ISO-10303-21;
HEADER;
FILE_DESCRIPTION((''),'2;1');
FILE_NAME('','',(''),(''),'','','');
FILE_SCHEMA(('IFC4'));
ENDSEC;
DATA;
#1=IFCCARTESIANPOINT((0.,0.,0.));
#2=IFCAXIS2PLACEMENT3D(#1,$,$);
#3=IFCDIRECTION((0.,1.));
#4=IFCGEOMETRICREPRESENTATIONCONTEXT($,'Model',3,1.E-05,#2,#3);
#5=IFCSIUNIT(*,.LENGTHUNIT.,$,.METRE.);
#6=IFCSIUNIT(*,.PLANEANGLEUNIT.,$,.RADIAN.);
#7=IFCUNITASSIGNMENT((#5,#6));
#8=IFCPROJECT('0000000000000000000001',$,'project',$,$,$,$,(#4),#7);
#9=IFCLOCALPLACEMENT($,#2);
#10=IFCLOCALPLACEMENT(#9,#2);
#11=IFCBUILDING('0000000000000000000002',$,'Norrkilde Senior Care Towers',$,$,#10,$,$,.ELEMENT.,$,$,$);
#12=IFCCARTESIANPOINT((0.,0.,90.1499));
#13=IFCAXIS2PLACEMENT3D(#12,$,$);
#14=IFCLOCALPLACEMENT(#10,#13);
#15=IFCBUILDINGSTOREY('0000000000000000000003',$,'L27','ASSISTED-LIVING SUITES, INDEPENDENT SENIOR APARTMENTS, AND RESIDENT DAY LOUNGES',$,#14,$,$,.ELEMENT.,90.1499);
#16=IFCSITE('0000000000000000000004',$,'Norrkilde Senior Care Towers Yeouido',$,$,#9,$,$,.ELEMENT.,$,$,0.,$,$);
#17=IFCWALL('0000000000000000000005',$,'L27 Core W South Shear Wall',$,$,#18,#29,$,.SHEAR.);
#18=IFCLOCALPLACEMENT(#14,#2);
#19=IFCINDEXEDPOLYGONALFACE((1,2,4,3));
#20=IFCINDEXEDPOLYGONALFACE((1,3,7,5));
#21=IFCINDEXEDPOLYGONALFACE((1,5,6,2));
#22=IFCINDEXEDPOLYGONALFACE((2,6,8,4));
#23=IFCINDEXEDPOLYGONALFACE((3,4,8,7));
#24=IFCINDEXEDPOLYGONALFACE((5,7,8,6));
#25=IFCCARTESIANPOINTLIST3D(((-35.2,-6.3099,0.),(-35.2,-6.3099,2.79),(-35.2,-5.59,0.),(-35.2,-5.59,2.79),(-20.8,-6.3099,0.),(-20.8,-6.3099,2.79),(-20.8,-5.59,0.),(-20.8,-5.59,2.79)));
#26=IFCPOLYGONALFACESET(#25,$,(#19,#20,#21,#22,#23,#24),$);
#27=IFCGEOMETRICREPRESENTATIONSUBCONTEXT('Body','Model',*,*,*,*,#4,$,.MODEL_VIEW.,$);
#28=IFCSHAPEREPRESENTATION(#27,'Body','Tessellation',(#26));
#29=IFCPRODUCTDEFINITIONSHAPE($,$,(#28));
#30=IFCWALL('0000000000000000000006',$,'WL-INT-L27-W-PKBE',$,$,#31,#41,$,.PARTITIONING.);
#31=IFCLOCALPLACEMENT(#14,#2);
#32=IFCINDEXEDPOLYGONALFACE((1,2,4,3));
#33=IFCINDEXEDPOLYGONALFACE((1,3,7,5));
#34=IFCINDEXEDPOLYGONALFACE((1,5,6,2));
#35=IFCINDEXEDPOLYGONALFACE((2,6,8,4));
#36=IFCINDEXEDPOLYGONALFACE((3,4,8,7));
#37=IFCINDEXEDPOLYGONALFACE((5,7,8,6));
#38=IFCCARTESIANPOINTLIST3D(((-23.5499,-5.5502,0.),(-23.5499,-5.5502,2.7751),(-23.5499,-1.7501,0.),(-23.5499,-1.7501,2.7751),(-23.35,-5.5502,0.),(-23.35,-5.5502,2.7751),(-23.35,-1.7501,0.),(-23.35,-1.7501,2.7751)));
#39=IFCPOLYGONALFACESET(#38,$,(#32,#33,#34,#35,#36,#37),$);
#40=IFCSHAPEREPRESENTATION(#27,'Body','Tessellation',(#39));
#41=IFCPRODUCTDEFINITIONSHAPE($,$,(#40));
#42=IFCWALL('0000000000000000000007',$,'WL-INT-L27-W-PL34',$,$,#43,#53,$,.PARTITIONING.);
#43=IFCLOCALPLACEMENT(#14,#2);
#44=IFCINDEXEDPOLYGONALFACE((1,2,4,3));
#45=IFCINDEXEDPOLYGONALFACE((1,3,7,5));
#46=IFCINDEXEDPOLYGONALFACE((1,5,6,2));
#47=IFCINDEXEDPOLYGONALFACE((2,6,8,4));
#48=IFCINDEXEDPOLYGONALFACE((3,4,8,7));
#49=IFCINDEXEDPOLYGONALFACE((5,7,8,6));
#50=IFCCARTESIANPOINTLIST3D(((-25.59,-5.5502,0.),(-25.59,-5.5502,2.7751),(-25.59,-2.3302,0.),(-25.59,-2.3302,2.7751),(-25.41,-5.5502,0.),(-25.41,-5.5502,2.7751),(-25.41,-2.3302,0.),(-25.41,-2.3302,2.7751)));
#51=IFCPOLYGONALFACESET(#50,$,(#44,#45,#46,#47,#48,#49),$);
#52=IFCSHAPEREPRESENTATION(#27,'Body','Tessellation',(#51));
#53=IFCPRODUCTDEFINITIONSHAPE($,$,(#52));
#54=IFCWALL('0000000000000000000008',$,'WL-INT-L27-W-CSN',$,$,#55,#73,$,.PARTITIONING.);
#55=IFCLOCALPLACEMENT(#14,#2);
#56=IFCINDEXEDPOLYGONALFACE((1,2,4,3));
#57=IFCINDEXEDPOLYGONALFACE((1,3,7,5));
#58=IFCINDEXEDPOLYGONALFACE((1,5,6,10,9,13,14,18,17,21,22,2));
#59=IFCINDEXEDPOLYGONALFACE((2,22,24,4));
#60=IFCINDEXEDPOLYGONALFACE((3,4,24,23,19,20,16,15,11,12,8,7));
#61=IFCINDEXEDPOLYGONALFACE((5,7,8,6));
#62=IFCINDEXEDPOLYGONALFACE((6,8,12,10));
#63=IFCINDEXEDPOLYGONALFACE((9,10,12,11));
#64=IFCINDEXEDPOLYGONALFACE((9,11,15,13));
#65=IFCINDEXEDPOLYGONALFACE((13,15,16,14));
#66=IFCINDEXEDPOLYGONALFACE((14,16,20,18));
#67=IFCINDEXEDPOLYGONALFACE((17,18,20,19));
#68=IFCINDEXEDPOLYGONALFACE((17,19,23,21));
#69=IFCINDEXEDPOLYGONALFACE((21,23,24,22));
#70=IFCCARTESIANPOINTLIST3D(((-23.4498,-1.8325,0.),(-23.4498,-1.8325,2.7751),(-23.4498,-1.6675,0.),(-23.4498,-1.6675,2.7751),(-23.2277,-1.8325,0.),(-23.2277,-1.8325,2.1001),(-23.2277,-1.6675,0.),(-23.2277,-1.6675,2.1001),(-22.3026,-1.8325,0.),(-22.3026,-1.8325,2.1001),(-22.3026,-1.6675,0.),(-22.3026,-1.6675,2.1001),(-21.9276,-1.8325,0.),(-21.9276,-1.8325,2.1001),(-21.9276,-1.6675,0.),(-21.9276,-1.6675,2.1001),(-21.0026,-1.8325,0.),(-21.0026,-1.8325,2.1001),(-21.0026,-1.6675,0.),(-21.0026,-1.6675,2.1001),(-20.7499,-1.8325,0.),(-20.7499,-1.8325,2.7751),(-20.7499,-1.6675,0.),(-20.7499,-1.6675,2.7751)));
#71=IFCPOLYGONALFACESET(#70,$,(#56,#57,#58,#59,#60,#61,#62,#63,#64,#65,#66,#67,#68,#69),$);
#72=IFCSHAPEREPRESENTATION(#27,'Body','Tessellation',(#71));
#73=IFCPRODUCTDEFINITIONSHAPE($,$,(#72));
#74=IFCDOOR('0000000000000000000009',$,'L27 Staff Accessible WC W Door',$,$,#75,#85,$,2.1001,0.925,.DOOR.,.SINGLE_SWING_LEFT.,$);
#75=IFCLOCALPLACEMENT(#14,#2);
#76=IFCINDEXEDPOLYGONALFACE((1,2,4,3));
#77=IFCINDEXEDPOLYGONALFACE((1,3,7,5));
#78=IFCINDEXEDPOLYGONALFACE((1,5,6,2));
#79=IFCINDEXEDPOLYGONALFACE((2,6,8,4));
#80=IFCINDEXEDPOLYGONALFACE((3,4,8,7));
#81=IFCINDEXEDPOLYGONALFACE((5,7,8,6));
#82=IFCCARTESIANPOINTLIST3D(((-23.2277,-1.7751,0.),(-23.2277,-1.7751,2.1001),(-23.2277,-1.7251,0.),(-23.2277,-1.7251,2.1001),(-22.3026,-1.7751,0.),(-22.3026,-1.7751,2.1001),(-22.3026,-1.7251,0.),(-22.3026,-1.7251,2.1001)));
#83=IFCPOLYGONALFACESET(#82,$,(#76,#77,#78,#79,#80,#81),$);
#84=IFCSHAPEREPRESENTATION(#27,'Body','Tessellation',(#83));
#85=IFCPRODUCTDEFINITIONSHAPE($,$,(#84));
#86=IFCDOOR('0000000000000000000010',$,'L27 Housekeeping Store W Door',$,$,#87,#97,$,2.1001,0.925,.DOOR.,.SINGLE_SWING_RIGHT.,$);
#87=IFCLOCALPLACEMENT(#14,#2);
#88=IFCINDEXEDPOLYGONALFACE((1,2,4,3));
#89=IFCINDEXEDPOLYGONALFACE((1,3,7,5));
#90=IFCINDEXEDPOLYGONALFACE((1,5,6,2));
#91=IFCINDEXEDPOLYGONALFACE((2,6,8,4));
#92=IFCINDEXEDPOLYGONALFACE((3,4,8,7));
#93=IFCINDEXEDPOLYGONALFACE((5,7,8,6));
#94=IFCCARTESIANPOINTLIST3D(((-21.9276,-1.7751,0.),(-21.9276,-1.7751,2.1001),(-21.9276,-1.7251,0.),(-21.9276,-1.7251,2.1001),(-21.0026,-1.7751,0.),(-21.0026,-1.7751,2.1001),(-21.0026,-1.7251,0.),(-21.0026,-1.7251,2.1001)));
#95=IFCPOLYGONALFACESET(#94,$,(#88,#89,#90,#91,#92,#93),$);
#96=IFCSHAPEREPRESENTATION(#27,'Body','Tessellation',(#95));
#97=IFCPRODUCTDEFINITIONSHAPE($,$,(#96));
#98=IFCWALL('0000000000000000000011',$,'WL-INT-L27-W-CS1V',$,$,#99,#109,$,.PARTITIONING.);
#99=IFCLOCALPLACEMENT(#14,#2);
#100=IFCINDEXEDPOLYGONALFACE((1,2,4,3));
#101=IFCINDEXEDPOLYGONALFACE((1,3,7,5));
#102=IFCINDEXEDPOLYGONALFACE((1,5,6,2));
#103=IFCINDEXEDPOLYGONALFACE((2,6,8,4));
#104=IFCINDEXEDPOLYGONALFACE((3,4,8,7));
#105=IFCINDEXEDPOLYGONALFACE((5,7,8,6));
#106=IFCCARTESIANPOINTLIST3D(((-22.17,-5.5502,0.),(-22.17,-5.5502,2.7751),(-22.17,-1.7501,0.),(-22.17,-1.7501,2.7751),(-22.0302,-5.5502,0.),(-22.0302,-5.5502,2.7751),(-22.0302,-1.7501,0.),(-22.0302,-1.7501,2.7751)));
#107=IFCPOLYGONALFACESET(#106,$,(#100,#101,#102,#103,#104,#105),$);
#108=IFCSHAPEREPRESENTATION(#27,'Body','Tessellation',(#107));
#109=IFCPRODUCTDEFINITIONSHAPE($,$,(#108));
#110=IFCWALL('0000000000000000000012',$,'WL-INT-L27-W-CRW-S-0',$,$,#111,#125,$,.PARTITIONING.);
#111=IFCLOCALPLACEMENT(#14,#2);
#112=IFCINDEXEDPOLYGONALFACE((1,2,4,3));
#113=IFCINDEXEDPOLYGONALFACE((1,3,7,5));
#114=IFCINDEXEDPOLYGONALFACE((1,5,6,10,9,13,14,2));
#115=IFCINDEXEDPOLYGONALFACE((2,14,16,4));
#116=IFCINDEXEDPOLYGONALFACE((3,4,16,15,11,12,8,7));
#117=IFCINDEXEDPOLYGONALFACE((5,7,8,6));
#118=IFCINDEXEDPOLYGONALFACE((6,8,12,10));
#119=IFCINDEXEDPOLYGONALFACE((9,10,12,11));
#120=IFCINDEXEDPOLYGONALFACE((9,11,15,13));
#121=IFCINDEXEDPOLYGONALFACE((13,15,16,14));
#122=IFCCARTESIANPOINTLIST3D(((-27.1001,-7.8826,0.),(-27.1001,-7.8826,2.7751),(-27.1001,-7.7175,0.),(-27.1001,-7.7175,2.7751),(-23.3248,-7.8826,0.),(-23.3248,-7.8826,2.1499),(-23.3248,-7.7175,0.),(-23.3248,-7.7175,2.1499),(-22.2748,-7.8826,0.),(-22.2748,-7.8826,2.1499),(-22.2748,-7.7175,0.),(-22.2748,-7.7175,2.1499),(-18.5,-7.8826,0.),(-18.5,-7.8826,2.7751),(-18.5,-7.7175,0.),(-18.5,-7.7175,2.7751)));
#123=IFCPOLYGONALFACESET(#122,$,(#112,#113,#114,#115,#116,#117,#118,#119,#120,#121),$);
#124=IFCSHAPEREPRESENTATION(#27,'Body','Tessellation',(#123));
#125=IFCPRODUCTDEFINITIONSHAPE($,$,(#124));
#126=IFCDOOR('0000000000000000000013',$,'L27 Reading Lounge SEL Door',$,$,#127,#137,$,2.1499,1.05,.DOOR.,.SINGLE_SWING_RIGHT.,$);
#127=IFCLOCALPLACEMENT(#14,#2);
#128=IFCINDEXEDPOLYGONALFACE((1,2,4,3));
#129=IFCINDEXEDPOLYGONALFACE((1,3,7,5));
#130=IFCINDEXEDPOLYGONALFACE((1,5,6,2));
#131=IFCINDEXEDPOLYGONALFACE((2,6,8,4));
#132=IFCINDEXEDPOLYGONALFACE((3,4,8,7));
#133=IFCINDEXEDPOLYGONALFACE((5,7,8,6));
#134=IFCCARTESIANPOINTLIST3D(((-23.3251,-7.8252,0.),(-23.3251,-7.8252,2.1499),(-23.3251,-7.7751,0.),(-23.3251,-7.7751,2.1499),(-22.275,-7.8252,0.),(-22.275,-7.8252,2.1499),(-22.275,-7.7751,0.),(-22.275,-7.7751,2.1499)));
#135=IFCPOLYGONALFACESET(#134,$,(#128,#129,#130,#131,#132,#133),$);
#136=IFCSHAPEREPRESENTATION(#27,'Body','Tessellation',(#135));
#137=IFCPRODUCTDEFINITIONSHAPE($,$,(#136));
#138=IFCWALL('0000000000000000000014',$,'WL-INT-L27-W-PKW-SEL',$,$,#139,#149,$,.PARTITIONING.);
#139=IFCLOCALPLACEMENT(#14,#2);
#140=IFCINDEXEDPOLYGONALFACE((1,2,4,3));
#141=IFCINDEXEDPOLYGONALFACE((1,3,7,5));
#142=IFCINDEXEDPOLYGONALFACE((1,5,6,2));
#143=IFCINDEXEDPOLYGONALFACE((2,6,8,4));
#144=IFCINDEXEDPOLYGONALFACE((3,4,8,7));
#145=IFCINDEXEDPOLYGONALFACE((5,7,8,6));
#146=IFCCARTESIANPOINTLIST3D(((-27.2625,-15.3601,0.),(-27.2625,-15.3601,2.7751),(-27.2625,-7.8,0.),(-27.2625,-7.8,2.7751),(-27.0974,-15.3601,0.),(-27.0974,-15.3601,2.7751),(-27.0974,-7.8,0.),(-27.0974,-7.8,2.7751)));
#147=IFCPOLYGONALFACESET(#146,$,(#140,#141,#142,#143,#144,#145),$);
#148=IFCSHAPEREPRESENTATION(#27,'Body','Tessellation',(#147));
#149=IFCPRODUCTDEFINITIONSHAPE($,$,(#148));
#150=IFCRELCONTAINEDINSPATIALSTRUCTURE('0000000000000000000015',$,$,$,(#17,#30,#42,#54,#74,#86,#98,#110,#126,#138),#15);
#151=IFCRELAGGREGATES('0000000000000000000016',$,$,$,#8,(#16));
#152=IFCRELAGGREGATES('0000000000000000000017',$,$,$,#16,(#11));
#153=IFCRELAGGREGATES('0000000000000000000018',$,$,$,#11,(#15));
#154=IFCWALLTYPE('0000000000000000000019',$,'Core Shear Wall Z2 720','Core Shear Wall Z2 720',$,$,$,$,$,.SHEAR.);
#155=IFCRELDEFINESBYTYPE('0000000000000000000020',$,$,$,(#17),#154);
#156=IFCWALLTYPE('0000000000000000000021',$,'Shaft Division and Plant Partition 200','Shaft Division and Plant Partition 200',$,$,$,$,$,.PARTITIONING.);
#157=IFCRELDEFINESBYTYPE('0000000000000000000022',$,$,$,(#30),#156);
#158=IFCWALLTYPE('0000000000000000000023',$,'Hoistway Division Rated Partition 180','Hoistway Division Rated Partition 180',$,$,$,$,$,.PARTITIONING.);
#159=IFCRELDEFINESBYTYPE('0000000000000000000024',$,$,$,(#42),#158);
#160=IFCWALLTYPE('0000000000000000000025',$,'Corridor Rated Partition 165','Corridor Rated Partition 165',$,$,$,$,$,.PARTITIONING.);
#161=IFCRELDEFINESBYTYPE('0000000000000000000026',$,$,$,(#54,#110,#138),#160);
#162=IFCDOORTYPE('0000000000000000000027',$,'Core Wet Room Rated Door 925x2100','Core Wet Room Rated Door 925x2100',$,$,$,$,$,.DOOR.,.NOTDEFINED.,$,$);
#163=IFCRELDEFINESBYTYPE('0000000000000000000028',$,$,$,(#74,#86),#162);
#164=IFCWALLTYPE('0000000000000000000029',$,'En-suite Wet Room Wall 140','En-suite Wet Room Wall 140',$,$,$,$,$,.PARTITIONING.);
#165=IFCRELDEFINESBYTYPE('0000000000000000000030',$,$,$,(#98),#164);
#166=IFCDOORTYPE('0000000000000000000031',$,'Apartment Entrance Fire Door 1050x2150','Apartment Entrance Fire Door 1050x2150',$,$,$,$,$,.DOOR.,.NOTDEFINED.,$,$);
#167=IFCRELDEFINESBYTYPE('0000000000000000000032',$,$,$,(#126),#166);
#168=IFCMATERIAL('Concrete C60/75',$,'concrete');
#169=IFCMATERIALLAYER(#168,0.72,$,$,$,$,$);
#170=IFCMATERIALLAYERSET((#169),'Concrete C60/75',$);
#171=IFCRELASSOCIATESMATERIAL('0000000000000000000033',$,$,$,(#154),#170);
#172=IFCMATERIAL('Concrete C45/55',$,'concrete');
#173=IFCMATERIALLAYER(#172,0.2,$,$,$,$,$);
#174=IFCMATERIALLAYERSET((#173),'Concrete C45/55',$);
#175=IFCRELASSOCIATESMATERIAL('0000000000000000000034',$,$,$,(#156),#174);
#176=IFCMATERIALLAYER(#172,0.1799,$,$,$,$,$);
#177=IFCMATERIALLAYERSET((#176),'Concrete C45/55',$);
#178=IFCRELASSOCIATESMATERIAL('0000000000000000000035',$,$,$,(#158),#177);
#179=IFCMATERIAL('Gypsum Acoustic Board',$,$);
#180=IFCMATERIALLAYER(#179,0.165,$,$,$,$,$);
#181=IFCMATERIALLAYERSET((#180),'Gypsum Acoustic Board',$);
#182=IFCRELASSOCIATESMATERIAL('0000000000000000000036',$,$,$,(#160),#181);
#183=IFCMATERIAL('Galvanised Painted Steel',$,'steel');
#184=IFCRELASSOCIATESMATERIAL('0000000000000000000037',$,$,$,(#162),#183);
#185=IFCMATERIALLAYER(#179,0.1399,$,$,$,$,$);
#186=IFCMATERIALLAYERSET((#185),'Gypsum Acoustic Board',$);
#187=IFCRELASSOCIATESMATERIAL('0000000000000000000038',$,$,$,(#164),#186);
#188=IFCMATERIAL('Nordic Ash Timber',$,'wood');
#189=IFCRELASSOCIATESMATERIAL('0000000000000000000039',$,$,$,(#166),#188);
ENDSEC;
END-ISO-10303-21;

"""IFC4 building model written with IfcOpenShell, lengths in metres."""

from ifc_helpers import new_model, si_unit, direction, frame, frame_2d, origin, place, context, subcontext, project, spatial, rectangle, extrude, source, transform, mapped, material, layer, layer_set, type_object, type_shapes, element, fill, save


model = new_model("IFC4")

# Units and contexts
model_context = context("Model", 3, precision=1e-05, world=origin(), true_north=direction((0.0, 1.0)))
body_context = subcontext(model_context, "Body", "Model", "MODEL_VIEW")
ifc_project = project(units=[si_unit("LENGTHUNIT", "METRE"), si_unit("PLANEANGLEUNIT", "RADIAN")], contexts=[model_context])

# Site, building, storey
site_placement = place(None, origin())
site = spatial("IfcSite", under=ifc_project, at=site_placement, Name="Norrkilde Senior Care Towers Yeouido", CompositionType="ELEMENT", RefElevation=0.0)
building_placement = place(site_placement, origin())
building = spatial("IfcBuilding", under=site, at=building_placement, Name="Norrkilde Senior Care Towers", CompositionType="ELEMENT")
storey_placement = place(building_placement, frame((0.0, 0.0, 90.1499)))
storey = spatial("IfcBuildingStorey", under=building, at=storey_placement, Name="L27", Description="ASSISTED-LIVING SUITES, INDEPENDENT SENIOR APARTMENTS, AND RESIDENT DAY LOUNGES", CompositionType="ELEMENT", Elevation=90.1499)

# Shared definitions
ifc_material_1 = material(Name="Concrete C60/75", Category="concrete")

# Walls
ifc_layer_1 = layer(ifc_material_1, 0.72)
ifc_layer_set_1 = layer_set([ifc_layer_1], Name="Concrete C60/75")
wall_type_1 = type_object("IfcWallType", Name="Core Shear Wall Z2 720", Description="Core Shear Wall Z2 720", PredefinedType="SHEAR", material=ifc_layer_set_1)
shared_shape_1 = source(origin(), body_context, "Body", "SweptSolid", [
    extrude(rectangle(XDim=14.3999, YDim=0.72, at=frame_2d((7.2, 0.0))), origin(), (0.0, 0.0, 1.0), 2.79),
])
type_shapes(wall_type_1, [shared_shape_1])
wall_1_placement = place(storey_placement, frame((-20.8, -5.95, 0.0), z_axis=(0.0, 0.0, 1.0), x_axis=(-1.0, 0.0, 0.0)))
element("IfcWall", 1, at=wall_1_placement, inside=storey, type_object=wall_type_1, Name="L27 Core W South Shear Wall", PredefinedType="SHEAR", context=body_context, shape_type="MappedRepresentation", body=[
    mapped(shared_shape_1, transform((0.0, 0.0, 0.0), x_axis=(1.0, 0.0, 0.0), y_axis=(0.0, 1.0, 0.0), z_axis=(0.0, 0.0, 1.0), scale=1.0)),
])
ifc_material_2 = material(Name="Concrete C45/55", Category="concrete")
ifc_layer_2 = layer(ifc_material_2, 0.2)
ifc_layer_set_2 = layer_set([ifc_layer_2], Name="Concrete C45/55")
wall_type_2 = type_object("IfcWallType", Name="Shaft Division and Plant Partition 200", Description="Shaft Division and Plant Partition 200", PredefinedType="PARTITIONING", material=ifc_layer_set_2)
shared_shape_2 = source(origin(), body_context, "Body", "SweptSolid", [
    extrude(rectangle(XDim=3.8, YDim=0.2, at=frame_2d((1.8999, 0.0))), origin(), (0.0, 0.0, 1.0), 2.7751),
])
type_shapes(wall_type_2, [shared_shape_2])
wall_2_placement = place(storey_placement, frame((-23.45, -5.55, 0.0), z_axis=(0.0, 0.0, 1.0), x_axis=(0.0, 1.0, 0.0)))
element("IfcWall", 2, at=wall_2_placement, inside=storey, type_object=wall_type_2, Name="WL-INT-L27-W-PKBE", PredefinedType="PARTITIONING", context=body_context, shape_type="MappedRepresentation", body=[
    mapped(shared_shape_2, transform((0.0, 0.0, 0.0), x_axis=(1.0, 0.0, 0.0), y_axis=(0.0, 1.0, 0.0), z_axis=(0.0, 0.0, 1.0), scale=1.0)),
])
ifc_layer_3 = layer(ifc_material_2, 0.1799)
ifc_layer_set_3 = layer_set([ifc_layer_3], Name="Concrete C45/55")
wall_type_3 = type_object("IfcWallType", Name="Hoistway Division Rated Partition 180", Description="Hoistway Division Rated Partition 180", PredefinedType="PARTITIONING", material=ifc_layer_set_3)
shared_shape_3 = source(origin(), body_context, "Body", "SweptSolid", [
    extrude(rectangle(XDim=3.22, YDim=0.1799, at=frame_2d((1.6099, 0.0))), origin(), (0.0, 0.0, 1.0), 2.7751),
])
type_shapes(wall_type_3, [shared_shape_3])
wall_3_placement = place(storey_placement, frame((-25.5, -5.55, 0.0), z_axis=(0.0, 0.0, 1.0), x_axis=(0.0, 1.0, 0.0)))
element("IfcWall", 3, at=wall_3_placement, inside=storey, type_object=wall_type_3, Name="WL-INT-L27-W-PL34", PredefinedType="PARTITIONING", context=body_context, shape_type="MappedRepresentation", body=[
    mapped(shared_shape_3, transform((0.0, 0.0, 0.0), x_axis=(1.0, 0.0, 0.0), y_axis=(0.0, 1.0, 0.0), z_axis=(0.0, 0.0, 1.0), scale=1.0)),
])

# Wall, openings, doors
ifc_material_3 = material(Name="Gypsum Acoustic Board")
ifc_layer_4 = layer(ifc_material_3, 0.165)
ifc_layer_set_4 = layer_set([ifc_layer_4], Name="Gypsum Acoustic Board")
wall_type_4 = type_object("IfcWallType", Name="Corridor Rated Partition 165", Description="Corridor Rated Partition 165", PredefinedType="PARTITIONING", material=ifc_layer_set_4)
shared_shape_4 = source(origin(), body_context, "Body", "SweptSolid", [
    extrude(rectangle(XDim=2.7, YDim=0.165, at=frame_2d((1.3501, 0.0))), origin(), (0.0, 0.0, 1.0), 2.7751),
])
wall_4_placement = place(storey_placement, frame((-23.45, -1.75, 0.0), z_axis=(0.0, 0.0, 1.0), x_axis=(1.0, 0.0, 0.0)))
wall_4 = element("IfcWall", 4, at=wall_4_placement, inside=storey, type_object=wall_type_4, Name="WL-INT-L27-W-CSN", PredefinedType="PARTITIONING", context=body_context, shape_type="MappedRepresentation", body=[
    mapped(shared_shape_4, transform((0.0, 0.0, 0.0), x_axis=(1.0, 0.0, 0.0), y_axis=(0.0, 1.0, 0.0), z_axis=(0.0, 0.0, 1.0), scale=1.0)),
])
opening_1_placement = place(wall_4_placement, frame((0.2224, 0.0, 0.0)))
opening_1 = element("IfcOpeningElement", 5, at=opening_1_placement, cuts=wall_4, PredefinedType="OPENING", context=body_context, shape_type="SweptSolid", body=[
    extrude(rectangle(XDim=0.925, YDim=2.1001, at=frame_2d((0.4624, 1.05))), frame((0.0, 0.0925, 0.0), z_axis=(0.0, -1.0, 0.0), x_axis=(1.0, 0.0, 0.0)), (0.0, 0.0, 1.0), 0.1851),
])
opening_2_placement = place(wall_4_placement, frame((1.5225, 0.0, 0.0)))
opening_2 = element("IfcOpeningElement", 6, at=opening_2_placement, cuts=wall_4, PredefinedType="OPENING", context=body_context, shape_type="SweptSolid", body=[
    extrude(rectangle(XDim=0.925, YDim=2.1001, at=frame_2d((0.4624, 1.05))), frame((0.0, 0.0925, 0.0), z_axis=(0.0, -1.0, 0.0), x_axis=(1.0, 0.0, 0.0)), (0.0, 0.0, 1.0), 0.1851),
])
ifc_material_4 = material(Name="Galvanised Painted Steel", Category="steel")
door_type_1 = type_object("IfcDoorType", Name="Core Wet Room Rated Door 925x2100", Description="Core Wet Room Rated Door 925x2100", OperationType="NOTDEFINED", PredefinedType="DOOR", material=ifc_material_4)
shared_shape_5 = source(origin(), body_context, "Body", "SweptSolid", [
    extrude(rectangle(XDim=0.925, YDim=2.1001, at=frame_2d((0.4624, 1.05))), frame((0.0, 0.0249, 0.0), z_axis=(0.0, -1.0, 0.0), x_axis=(1.0, 0.0, 0.0)), (0.0, 0.0, 1.0), 0.05),
])
type_shapes(door_type_1, [shared_shape_5])
door_1_placement = place(opening_1_placement, origin())
door_1 = element("IfcDoor", 7, at=door_1_placement, inside=storey, type_object=door_type_1, Name="L27 Staff Accessible WC W Door", OperationType="SINGLE_SWING_LEFT", OverallHeight=2.1001, OverallWidth=0.925, PredefinedType="DOOR", context=body_context, shape_type="MappedRepresentation", body=[
    mapped(shared_shape_5, transform((0.0, 0.0, 0.0), x_axis=(1.0, 0.0, 0.0), y_axis=(0.0, 1.0, 0.0), z_axis=(0.0, 0.0, 1.0), scale=1.0)),
])
fill(opening_1, door_1)
door_2_placement = place(opening_2_placement, origin())
door_2 = element("IfcDoor", 8, at=door_2_placement, inside=storey, type_object=door_type_1, Name="L27 Housekeeping Store W Door", OperationType="SINGLE_SWING_RIGHT", OverallHeight=2.1001, OverallWidth=0.925, PredefinedType="DOOR", context=body_context, shape_type="MappedRepresentation", body=[
    mapped(shared_shape_5, transform((0.0, 0.0, 0.0), x_axis=(1.0, 0.0, 0.0), y_axis=(0.0, 1.0, 0.0), z_axis=(0.0, 0.0, 1.0), scale=1.0)),
])
fill(opening_2, door_2)

# Wall
ifc_layer_5 = layer(ifc_material_3, 0.1399)
ifc_layer_set_5 = layer_set([ifc_layer_5], Name="Gypsum Acoustic Board")
wall_type_5 = type_object("IfcWallType", Name="En-suite Wet Room Wall 140", Description="En-suite Wet Room Wall 140", PredefinedType="PARTITIONING", material=ifc_layer_set_5)
shared_shape_6 = source(origin(), body_context, "Body", "SweptSolid", [
    extrude(rectangle(XDim=3.8, YDim=0.1399, at=frame_2d((1.8999, 0.0))), origin(), (0.0, 0.0, 1.0), 2.7751),
])
wall_5_placement = place(storey_placement, frame((-22.1001, -5.55, 0.0), z_axis=(0.0, 0.0, 1.0), x_axis=(0.0, 1.0, 0.0)))
element("IfcWall", 9, at=wall_5_placement, inside=storey, type_object=wall_type_5, Name="WL-INT-L27-W-CS1V", PredefinedType="PARTITIONING", context=body_context, shape_type="MappedRepresentation", body=[
    mapped(shared_shape_6, transform((0.0, 0.0, 0.0), x_axis=(1.0, 0.0, 0.0), y_axis=(0.0, 1.0, 0.0), z_axis=(0.0, 0.0, 1.0), scale=1.0)),
])

# Wall, opening, door
shared_shape_7 = source(origin(), body_context, "Body", "SweptSolid", [
    extrude(rectangle(XDim=8.6001, YDim=0.165, at=frame_2d((4.3, 0.0))), origin(), (0.0, 0.0, 1.0), 2.7751),
])
wall_6_placement = place(storey_placement, frame((-18.5, -7.8, 0.0), z_axis=(0.0, 0.0, 1.0), x_axis=(-1.0, 0.0, 0.0)))
wall_6 = element("IfcWall", 10, at=wall_6_placement, inside=storey, type_object=wall_type_4, Name="WL-INT-L27-W-CRW-S-0", PredefinedType="PARTITIONING", context=body_context, shape_type="MappedRepresentation", body=[
    mapped(shared_shape_7, transform((0.0, 0.0, 0.0), x_axis=(1.0, 0.0, 0.0), y_axis=(0.0, 1.0, 0.0), z_axis=(0.0, 0.0, 1.0), scale=1.0)),
])
opening_3_placement = place(wall_6_placement, frame((3.7749, 0.0, 0.0)))
opening_3 = element("IfcOpeningElement", 11, at=opening_3_placement, cuts=wall_6, PredefinedType="OPENING", context=body_context, shape_type="SweptSolid", body=[
    extrude(rectangle(XDim=1.05, YDim=2.1499, at=frame_2d((0.5249, 1.075))), frame((0.0, 0.0925, 0.0), z_axis=(0.0, -1.0, 0.0), x_axis=(1.0, 0.0, 0.0)), (0.0, 0.0, 1.0), 0.1851),
])
ifc_material_5 = material(Name="Nordic Ash Timber", Category="wood")
door_type_2 = type_object("IfcDoorType", Name="Apartment Entrance Fire Door 1050x2150", Description="Apartment Entrance Fire Door 1050x2150", OperationType="NOTDEFINED", PredefinedType="DOOR", material=ifc_material_5)
shared_shape_8 = source(origin(), body_context, "Body", "SweptSolid", [
    extrude(rectangle(XDim=1.05, YDim=2.1499, at=frame_2d((0.5249, 1.075))), frame((0.0, 0.0249, 0.0), z_axis=(0.0, -1.0, 0.0), x_axis=(1.0, 0.0, 0.0)), (0.0, 0.0, 1.0), 0.05),
])
type_shapes(door_type_2, [shared_shape_8])
door_3_placement = place(opening_3_placement, frame((1.05, 0.0, 0.0), z_axis=(0.0, 0.0, 1.0), x_axis=(-1.0, 0.0, 0.0)))
door_3 = element("IfcDoor", 12, at=door_3_placement, inside=storey, type_object=door_type_2, Name="L27 Reading Lounge SEL Door", OperationType="SINGLE_SWING_RIGHT", OverallHeight=2.1499, OverallWidth=1.05, PredefinedType="DOOR", context=body_context, shape_type="MappedRepresentation", body=[
    mapped(shared_shape_8, transform((0.0, 0.0, 0.0), x_axis=(1.0, 0.0, 0.0), y_axis=(0.0, 1.0, 0.0), z_axis=(0.0, 0.0, 1.0), scale=1.0)),
])
fill(opening_3, door_3)

# Wall
shared_shape_9 = source(origin(), body_context, "Body", "SweptSolid", [
    extrude(rectangle(XDim=7.5601, YDim=0.165, at=frame_2d((3.78, 0.0))), origin(), (0.0, 0.0, 1.0), 2.7751),
])
wall_7_placement = place(storey_placement, frame((-27.1799, -15.3601, 0.0), z_axis=(0.0, 0.0, 1.0), x_axis=(0.0, 1.0, 0.0)))
element("IfcWall", 13, at=wall_7_placement, inside=storey, type_object=wall_type_4, Name="WL-INT-L27-W-PKW-SEL", PredefinedType="PARTITIONING", context=body_context, shape_type="MappedRepresentation", body=[
    mapped(shared_shape_9, transform((0.0, 0.0, 0.0), x_axis=(1.0, 0.0, 0.0), y_axis=(0.0, 1.0, 0.0), z_axis=(0.0, 0.0, 1.0), scale=1.0)),
])

save(model, "model.ifc")
